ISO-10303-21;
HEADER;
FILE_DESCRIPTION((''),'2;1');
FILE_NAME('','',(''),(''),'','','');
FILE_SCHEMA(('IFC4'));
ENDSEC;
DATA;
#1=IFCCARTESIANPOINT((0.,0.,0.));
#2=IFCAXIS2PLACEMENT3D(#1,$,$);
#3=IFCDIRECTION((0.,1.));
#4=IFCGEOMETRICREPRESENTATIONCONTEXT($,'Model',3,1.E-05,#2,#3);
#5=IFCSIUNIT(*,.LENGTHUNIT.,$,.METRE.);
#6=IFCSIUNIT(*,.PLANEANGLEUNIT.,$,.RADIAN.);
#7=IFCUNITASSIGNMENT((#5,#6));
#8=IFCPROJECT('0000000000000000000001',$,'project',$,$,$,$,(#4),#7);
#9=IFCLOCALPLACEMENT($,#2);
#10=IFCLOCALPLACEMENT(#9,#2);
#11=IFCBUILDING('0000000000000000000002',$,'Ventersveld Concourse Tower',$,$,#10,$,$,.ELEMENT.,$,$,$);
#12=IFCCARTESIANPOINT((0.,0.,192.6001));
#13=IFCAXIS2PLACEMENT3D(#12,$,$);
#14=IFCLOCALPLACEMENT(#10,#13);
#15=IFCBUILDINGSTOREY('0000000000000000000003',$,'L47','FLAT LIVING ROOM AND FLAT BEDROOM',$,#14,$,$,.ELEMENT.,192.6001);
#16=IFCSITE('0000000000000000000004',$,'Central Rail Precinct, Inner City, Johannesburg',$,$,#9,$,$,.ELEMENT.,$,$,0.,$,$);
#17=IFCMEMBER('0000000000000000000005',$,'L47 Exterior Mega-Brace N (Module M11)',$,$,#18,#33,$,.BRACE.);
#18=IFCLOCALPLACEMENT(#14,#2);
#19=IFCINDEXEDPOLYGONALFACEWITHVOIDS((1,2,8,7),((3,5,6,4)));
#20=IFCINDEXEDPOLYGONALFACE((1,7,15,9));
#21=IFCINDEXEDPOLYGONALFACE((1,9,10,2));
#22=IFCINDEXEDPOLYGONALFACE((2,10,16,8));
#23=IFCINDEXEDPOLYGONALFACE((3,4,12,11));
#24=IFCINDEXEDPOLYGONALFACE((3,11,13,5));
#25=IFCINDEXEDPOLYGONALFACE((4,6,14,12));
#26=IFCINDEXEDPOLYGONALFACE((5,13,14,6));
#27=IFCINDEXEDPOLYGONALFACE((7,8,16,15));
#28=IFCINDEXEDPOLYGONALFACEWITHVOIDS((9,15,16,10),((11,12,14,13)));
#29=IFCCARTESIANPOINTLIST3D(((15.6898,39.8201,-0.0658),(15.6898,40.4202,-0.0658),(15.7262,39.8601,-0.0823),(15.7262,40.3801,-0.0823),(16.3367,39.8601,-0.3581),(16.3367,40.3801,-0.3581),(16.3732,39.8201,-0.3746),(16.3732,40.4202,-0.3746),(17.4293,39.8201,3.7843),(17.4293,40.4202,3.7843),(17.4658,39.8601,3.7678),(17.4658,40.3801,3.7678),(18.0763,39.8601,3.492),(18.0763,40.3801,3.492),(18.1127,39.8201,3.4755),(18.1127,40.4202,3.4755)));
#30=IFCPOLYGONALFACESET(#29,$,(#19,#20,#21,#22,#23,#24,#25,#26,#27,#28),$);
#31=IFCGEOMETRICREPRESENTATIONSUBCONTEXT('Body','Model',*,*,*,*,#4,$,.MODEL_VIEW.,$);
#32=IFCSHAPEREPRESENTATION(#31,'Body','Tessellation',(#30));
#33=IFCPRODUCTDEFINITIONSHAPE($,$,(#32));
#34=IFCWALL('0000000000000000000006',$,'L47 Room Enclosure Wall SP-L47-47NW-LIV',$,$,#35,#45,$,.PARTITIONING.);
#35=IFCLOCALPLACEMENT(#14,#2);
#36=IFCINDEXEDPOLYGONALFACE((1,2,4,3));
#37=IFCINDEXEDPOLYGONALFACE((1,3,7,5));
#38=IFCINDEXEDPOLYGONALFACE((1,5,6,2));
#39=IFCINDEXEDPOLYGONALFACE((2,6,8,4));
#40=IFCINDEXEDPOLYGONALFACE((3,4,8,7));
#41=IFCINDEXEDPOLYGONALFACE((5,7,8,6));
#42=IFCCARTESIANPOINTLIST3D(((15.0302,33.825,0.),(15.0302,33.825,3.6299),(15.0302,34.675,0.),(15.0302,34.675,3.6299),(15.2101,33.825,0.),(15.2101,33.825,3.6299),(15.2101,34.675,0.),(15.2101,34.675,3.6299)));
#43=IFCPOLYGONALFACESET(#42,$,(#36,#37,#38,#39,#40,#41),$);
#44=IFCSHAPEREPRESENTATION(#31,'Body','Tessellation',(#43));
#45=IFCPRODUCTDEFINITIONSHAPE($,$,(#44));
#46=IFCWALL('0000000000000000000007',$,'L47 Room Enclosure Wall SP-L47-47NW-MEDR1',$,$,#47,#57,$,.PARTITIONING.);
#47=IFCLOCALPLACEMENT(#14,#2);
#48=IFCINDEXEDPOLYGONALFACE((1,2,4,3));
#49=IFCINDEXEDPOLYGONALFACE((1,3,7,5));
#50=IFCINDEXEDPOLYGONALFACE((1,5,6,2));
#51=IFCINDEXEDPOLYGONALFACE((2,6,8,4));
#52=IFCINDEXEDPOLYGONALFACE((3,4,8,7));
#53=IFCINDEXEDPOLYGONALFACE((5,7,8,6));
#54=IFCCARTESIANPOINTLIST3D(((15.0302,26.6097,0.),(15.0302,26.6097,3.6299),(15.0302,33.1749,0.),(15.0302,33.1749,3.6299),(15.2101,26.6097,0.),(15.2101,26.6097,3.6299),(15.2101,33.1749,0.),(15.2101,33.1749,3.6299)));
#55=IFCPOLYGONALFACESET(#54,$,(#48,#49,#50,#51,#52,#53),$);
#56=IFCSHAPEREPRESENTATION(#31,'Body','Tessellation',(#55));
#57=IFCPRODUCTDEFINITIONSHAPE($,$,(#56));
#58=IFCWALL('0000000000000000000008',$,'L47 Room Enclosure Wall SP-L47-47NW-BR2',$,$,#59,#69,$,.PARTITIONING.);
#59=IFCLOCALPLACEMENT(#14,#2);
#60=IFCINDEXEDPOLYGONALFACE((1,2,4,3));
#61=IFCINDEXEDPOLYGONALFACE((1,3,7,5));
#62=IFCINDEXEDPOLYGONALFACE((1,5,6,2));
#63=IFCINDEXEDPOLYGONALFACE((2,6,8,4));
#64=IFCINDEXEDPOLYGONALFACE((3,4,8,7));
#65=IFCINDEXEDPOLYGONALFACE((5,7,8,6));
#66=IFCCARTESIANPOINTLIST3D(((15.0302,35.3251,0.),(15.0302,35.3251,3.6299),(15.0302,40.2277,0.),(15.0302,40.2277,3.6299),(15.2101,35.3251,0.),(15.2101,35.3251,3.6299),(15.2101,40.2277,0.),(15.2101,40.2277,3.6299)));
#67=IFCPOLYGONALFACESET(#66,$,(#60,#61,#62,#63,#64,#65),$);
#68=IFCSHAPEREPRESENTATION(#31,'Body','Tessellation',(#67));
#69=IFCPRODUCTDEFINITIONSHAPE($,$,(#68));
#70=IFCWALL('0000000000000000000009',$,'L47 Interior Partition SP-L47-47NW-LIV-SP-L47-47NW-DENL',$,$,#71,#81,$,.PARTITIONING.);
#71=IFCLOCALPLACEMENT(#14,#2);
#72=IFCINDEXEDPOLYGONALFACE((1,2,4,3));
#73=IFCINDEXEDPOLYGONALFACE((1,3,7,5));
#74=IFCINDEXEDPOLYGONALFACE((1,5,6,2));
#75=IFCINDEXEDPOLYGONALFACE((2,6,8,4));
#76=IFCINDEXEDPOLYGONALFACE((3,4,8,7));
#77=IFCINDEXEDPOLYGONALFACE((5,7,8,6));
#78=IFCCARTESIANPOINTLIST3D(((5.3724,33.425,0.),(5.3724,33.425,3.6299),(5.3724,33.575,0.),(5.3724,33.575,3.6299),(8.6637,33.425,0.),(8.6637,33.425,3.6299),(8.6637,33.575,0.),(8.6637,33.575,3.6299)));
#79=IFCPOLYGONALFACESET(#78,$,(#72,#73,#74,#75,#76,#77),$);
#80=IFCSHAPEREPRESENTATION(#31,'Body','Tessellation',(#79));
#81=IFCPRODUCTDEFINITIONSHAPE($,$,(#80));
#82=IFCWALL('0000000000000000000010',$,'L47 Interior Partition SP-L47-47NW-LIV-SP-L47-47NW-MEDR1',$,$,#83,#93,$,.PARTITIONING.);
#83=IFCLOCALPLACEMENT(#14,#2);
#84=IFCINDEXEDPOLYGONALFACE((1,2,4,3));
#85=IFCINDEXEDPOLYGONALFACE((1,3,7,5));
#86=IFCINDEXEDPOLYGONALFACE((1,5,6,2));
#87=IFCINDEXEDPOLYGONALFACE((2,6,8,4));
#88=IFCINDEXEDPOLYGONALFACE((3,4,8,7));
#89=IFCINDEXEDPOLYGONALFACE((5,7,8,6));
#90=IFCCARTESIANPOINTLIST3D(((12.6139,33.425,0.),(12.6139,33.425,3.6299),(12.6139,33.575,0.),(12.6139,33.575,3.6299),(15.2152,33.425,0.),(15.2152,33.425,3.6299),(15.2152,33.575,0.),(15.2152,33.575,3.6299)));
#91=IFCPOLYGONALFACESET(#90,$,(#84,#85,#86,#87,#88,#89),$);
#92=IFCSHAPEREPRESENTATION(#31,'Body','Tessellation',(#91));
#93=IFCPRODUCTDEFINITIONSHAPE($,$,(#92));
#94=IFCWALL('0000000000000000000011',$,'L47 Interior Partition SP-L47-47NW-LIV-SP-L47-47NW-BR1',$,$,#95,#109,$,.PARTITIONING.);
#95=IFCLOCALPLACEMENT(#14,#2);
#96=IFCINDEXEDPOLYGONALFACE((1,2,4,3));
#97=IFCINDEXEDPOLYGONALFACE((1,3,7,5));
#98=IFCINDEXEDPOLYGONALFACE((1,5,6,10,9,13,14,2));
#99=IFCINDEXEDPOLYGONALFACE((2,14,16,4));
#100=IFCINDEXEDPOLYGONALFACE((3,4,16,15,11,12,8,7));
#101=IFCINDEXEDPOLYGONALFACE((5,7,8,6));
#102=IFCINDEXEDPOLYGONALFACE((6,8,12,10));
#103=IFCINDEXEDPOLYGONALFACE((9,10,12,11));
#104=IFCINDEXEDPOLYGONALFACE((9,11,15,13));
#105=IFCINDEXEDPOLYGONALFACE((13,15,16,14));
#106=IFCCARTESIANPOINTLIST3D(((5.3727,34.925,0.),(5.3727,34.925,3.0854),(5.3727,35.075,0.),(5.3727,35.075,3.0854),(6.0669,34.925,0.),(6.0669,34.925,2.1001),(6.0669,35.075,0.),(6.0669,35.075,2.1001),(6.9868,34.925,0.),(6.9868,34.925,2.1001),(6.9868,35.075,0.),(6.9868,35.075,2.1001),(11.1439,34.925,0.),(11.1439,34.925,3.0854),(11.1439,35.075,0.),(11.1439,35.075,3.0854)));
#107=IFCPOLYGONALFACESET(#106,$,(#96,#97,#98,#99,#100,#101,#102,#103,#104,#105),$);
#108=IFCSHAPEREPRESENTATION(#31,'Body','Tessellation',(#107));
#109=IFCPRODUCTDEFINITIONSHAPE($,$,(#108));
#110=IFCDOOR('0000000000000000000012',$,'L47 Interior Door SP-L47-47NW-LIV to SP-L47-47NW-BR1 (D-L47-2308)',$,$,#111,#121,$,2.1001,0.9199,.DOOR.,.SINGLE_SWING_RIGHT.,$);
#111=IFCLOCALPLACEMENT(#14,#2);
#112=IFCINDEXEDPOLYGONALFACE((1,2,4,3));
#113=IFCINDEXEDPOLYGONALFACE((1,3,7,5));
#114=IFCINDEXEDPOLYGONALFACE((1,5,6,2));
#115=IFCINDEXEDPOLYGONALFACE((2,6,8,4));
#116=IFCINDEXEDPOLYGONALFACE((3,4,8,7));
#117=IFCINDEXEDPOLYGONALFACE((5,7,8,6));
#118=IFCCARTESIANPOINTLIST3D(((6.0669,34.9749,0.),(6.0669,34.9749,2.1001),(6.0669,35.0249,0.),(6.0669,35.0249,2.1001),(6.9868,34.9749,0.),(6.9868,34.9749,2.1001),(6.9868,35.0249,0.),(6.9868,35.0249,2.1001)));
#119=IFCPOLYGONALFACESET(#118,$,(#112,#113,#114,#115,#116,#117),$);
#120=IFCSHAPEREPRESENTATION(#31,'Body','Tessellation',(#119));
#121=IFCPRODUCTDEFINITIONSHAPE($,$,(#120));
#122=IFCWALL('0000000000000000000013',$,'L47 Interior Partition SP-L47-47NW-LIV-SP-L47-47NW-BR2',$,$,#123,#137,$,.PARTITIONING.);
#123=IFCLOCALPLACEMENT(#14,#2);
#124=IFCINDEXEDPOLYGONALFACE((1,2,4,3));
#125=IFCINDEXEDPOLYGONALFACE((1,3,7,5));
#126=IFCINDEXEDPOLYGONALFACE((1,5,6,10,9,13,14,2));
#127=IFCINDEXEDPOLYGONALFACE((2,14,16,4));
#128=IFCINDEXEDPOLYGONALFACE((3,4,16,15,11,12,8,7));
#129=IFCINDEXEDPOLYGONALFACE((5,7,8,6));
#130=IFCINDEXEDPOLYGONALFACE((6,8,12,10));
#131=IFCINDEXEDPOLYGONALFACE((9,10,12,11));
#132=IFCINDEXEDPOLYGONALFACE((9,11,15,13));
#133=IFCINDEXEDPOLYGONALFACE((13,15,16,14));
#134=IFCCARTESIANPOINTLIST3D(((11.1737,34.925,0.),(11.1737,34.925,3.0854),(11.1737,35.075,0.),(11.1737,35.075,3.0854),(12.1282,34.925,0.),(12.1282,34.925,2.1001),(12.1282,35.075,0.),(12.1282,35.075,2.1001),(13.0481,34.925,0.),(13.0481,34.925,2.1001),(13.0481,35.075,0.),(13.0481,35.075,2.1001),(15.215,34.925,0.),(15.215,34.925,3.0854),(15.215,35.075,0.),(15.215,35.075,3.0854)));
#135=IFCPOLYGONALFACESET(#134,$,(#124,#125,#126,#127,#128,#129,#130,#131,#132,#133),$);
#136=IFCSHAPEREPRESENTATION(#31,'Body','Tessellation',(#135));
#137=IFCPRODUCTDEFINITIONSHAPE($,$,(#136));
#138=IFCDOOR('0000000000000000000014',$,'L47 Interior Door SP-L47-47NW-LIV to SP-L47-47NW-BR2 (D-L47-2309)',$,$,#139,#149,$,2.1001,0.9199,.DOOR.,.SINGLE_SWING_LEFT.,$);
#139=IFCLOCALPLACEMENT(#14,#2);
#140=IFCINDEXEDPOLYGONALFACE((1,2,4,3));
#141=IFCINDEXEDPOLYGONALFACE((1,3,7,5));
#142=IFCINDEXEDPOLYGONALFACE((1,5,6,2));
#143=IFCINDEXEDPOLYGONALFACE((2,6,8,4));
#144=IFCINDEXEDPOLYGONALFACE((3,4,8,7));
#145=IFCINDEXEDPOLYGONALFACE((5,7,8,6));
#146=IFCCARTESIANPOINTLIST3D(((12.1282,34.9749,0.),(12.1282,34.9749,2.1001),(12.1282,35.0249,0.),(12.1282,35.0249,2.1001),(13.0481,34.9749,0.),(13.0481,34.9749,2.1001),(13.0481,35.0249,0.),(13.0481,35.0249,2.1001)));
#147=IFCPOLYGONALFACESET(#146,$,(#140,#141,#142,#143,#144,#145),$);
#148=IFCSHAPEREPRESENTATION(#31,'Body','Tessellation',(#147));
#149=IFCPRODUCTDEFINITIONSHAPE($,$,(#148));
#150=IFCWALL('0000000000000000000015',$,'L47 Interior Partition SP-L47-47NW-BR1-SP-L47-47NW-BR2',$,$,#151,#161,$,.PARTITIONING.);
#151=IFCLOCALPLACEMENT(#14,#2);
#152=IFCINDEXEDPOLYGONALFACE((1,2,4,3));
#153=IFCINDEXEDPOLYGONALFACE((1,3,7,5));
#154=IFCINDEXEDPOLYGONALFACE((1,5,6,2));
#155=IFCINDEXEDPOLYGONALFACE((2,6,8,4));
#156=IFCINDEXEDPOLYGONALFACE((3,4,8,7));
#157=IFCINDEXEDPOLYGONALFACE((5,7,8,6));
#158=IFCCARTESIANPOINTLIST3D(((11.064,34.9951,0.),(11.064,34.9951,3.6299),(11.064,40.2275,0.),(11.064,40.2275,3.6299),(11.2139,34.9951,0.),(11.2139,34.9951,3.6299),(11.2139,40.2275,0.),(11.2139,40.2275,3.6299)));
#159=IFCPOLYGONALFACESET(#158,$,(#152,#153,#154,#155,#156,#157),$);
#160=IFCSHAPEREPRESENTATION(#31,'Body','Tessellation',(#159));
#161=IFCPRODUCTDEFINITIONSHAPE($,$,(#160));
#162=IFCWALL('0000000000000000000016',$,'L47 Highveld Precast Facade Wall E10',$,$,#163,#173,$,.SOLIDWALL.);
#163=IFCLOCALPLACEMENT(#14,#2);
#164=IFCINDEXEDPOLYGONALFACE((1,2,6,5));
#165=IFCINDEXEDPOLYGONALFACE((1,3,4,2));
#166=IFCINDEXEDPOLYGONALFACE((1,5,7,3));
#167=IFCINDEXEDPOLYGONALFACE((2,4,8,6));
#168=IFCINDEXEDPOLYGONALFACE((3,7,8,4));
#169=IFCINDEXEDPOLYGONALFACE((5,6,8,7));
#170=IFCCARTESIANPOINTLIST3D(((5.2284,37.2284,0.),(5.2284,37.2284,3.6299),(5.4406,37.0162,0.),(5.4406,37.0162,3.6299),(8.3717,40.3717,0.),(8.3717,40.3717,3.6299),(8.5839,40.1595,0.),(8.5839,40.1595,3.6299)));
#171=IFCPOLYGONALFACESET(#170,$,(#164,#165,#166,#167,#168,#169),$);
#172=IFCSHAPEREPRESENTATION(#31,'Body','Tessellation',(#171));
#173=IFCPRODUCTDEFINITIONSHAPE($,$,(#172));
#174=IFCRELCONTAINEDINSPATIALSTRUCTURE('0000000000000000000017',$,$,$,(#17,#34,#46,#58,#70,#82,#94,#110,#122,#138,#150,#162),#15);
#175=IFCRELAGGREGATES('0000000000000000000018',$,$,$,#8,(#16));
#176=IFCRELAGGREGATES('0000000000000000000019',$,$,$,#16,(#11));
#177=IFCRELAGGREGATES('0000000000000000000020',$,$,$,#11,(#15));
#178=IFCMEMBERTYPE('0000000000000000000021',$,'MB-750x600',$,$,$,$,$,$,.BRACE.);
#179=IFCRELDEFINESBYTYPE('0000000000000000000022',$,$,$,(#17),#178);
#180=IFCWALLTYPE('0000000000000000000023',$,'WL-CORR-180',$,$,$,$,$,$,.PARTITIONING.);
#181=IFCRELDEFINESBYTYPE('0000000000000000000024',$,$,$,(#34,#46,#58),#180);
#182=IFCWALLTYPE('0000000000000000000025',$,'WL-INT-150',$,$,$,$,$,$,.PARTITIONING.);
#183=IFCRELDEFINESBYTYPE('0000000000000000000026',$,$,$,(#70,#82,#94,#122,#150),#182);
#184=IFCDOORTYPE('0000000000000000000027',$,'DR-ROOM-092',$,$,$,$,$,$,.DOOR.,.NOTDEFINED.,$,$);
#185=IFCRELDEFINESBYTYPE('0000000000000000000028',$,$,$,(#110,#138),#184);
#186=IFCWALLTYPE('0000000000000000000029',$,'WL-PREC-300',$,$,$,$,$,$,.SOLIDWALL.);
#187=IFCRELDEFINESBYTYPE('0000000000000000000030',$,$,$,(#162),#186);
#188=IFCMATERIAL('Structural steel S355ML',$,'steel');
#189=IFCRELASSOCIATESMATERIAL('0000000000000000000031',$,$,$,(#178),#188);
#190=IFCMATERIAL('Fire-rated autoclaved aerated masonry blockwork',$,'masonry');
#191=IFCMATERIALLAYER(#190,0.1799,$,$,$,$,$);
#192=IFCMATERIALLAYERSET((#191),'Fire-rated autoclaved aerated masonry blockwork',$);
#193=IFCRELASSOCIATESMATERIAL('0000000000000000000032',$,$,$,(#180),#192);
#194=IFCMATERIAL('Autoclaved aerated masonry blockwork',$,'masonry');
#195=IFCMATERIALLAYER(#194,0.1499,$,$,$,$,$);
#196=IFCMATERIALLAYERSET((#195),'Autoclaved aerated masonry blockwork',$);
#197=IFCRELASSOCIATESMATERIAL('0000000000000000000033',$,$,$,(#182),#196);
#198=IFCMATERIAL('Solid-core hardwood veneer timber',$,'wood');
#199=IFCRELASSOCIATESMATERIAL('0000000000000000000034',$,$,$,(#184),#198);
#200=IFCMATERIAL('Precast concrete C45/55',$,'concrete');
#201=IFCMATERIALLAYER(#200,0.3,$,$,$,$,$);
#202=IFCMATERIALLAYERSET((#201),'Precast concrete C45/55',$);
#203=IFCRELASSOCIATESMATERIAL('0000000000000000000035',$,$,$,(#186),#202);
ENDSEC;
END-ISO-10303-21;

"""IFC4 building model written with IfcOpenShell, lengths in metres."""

from ifc_helpers import new_model, si_unit, direction, frame, frame_2d, origin, origin_2d, place, context, subcontext, project, spatial, rectangle, hollow_rectangle, extrude, material, layer, layer_set, material_profile, profile_set, type_object, element, fill, save


model = new_model("IFC4")

# Units and contexts
model_context = context("Model", 3, precision=1e-05, world=origin(), true_north=direction((0.0, 1.0)))
body_context = subcontext(model_context, "Body", "Model", "MODEL_VIEW")
ifc_project = project(units=[si_unit("LENGTHUNIT", "METRE"), si_unit("PLANEANGLEUNIT", "RADIAN")], contexts=[model_context])

# Site, building, storey
site_placement = place(None, origin())
site = spatial("IfcSite", under=ifc_project, at=site_placement, Name="Central Rail Precinct, Inner City, Johannesburg", CompositionType="ELEMENT", RefElevation=0.0)
building_placement = place(site_placement, origin())
building = spatial("IfcBuilding", under=site, at=building_placement, Name="Ventersveld Concourse Tower", CompositionType="ELEMENT")
storey_placement = place(building_placement, frame((0.0, 0.0, 192.6001)))
storey = spatial("IfcBuildingStorey", under=building, at=storey_placement, Name="L47", Description="FLAT LIVING ROOM AND FLAT BEDROOM", CompositionType="ELEMENT", Elevation=192.6001)

# Member
ifc_material_1 = material(Name="Structural steel S355ML", Category="steel")
ifc_material_profile_1 = material_profile(ifc_material_1, hollow_rectangle(XDim=0.6001, YDim=0.75, WallThickness=0.04, at=origin_2d()), Name="BOX 750x600x40")
ifc_profile_set_1 = profile_set([ifc_material_profile_1], Name="Structural steel S355ML")
member_type = type_object("IfcMemberType", Name="MB-750x600", PredefinedType="BRACE", material=ifc_profile_set_1)
member_placement = place(storey_placement, frame((16.0315, 40.1201, -0.2202), z_axis=(0.411734, 0.0, 0.911304), x_axis=(0.0, 1.0, 0.0)))
element("IfcMember", 1, at=member_placement, inside=storey, type_object=member_type, Name="L47 Exterior Mega-Brace N (Module M11)", PredefinedType="BRACE", context=body_context, shape_type="SweptSolid", body=[
    extrude(hollow_rectangle(XDim=0.6001, YDim=0.75, WallThickness=0.04, at=origin_2d()), origin(), (0.0, 0.0, 1.0), 4.2249),
])

# Walls
ifc_material_2 = material(Name="Fire-rated autoclaved aerated masonry blockwork", Category="masonry")
ifc_layer_1 = layer(ifc_material_2, 0.1799)
ifc_layer_set_1 = layer_set([ifc_layer_1], Name="Fire-rated autoclaved aerated masonry blockwork")
wall_type_1 = type_object("IfcWallType", Name="WL-CORR-180", PredefinedType="PARTITIONING", material=ifc_layer_set_1)
wall_1_placement = place(storey_placement, frame((15.1201, 34.675, 0.0), z_axis=(0.0, 0.0, 1.0), x_axis=(0.0, -1.0, 0.0)))
element("IfcWall", 2, at=wall_1_placement, inside=storey, type_object=wall_type_1, Name="L47 Room Enclosure Wall SP-L47-47NW-LIV", PredefinedType="PARTITIONING", context=body_context, shape_type="SweptSolid", body=[
    extrude(rectangle(XDim=0.8501, YDim=0.1799, at=frame_2d((0.425, 0.0))), origin(), (0.0, 0.0, 1.0), 3.6299),
])
wall_2_placement = place(storey_placement, frame((15.1201, 33.175, 0.0), z_axis=(0.0, 0.0, 1.0), x_axis=(0.0, -1.0, 0.0)))
element("IfcWall", 3, at=wall_2_placement, inside=storey, type_object=wall_type_1, Name="L47 Room Enclosure Wall SP-L47-47NW-MEDR1", PredefinedType="PARTITIONING", context=body_context, shape_type="SweptSolid", body=[
    extrude(rectangle(XDim=6.5652, YDim=0.1799, at=frame_2d((3.2827, 0.0))), origin(), (0.0, 0.0, 1.0), 3.6299),
])
wall_3_placement = place(storey_placement, frame((15.1201, 40.2275, 0.0), z_axis=(0.0, 0.0, 1.0), x_axis=(0.0, -1.0, 0.0)))
element("IfcWall", 4, at=wall_3_placement, inside=storey, type_object=wall_type_1, Name="L47 Room Enclosure Wall SP-L47-47NW-BR2", PredefinedType="PARTITIONING", context=body_context, shape_type="SweptSolid", body=[
    extrude(rectangle(XDim=4.9026, YDim=0.1799, at=frame_2d((2.4512, 0.0))), origin(), (0.0, 0.0, 1.0), 3.6299),
])
ifc_material_3 = material(Name="Autoclaved aerated masonry blockwork", Category="masonry")
ifc_layer_2 = layer(ifc_material_3, 0.1499)
ifc_layer_set_2 = layer_set([ifc_layer_2], Name="Autoclaved aerated masonry blockwork")
wall_type_2 = type_object("IfcWallType", Name="WL-INT-150", PredefinedType="PARTITIONING", material=ifc_layer_set_2)
wall_4_placement = place(storey_placement, frame((5.3726, 33.5, 0.0), z_axis=(0.0, 0.0, 1.0), x_axis=(1.0, 0.0, 0.0)))
element("IfcWall", 5, at=wall_4_placement, inside=storey, type_object=wall_type_2, Name="L47 Interior Partition SP-L47-47NW-LIV-SP-L47-47NW-DENL", PredefinedType="PARTITIONING", context=body_context, shape_type="SweptSolid", body=[
    extrude(rectangle(XDim=3.2913, YDim=0.1499, at=frame_2d((1.6455, 0.0))), origin(), (0.0, 0.0, 1.0), 3.6299),
])
wall_5_placement = place(storey_placement, frame((12.6138, 33.5, 0.0), z_axis=(0.0, 0.0, 1.0), x_axis=(1.0, 0.0, 0.0)))
element("IfcWall", 6, at=wall_5_placement, inside=storey, type_object=wall_type_2, Name="L47 Interior Partition SP-L47-47NW-LIV-SP-L47-47NW-MEDR1", PredefinedType="PARTITIONING", context=body_context, shape_type="SweptSolid", body=[
    extrude(rectangle(XDim=2.6013, YDim=0.1499, at=frame_2d((1.3008, 0.0))), origin(), (0.0, 0.0, 1.0), 3.6299),
])

# Walls, openings, doors
wall_6_placement = place(storey_placement, frame((5.3726, 35.0, 0.0), z_axis=(0.0, 0.0, 1.0), x_axis=(1.0, 0.0, 0.0)))
wall_6 = element("IfcWall", 7, at=wall_6_placement, inside=storey, type_object=wall_type_2, Name="L47 Interior Partition SP-L47-47NW-LIV-SP-L47-47NW-BR1", PredefinedType="PARTITIONING", context=body_context, shape_type="SweptSolid", body=[
    extrude(rectangle(XDim=5.7712, YDim=0.1499, at=frame_2d((2.8857, 0.0))), origin(), (0.0, 0.0, 1.0), 3.0854),
])
opening_1_placement = place(wall_6_placement, frame((0.6943, 0.0, 0.0)))
opening_1 = element("IfcOpeningElement", 8, at=opening_1_placement, cuts=wall_6, PredefinedType="OPENING", context=body_context, shape_type="SweptSolid", body=[
    extrude(rectangle(XDim=0.9199, YDim=2.1001, at=frame_2d((0.46, 1.05))), frame((0.0, 0.085, 0.0), z_axis=(0.0, -1.0, 0.0), x_axis=(1.0, 0.0, 0.0)), (0.0, 0.0, 1.0), 0.1699),
])
ifc_material_4 = material(Name="Solid-core hardwood veneer timber", Category="wood")
door_type = type_object("IfcDoorType", Name="DR-ROOM-092", OperationType="NOTDEFINED", PredefinedType="DOOR", material=ifc_material_4)
door_1_placement = place(opening_1_placement, origin())
door_1 = element("IfcDoor", 9, at=door_1_placement, inside=storey, type_object=door_type, Name="L47 Interior Door SP-L47-47NW-LIV to SP-L47-47NW-BR1 (D-L47-2308)", OperationType="SINGLE_SWING_RIGHT", OverallHeight=2.1001, OverallWidth=0.9199, PredefinedType="DOOR", context=body_context, shape_type="SweptSolid", body=[
    extrude(rectangle(XDim=0.9199, YDim=2.1001, at=frame_2d((0.46, 1.05))), frame((0.0, 0.0249, 0.0), z_axis=(0.0, -1.0, 0.0), x_axis=(1.0, 0.0, 0.0)), (0.0, 0.0, 1.0), 0.05),
])
fill(opening_1, door_1)
wall_7_placement = place(storey_placement, frame((11.1738, 35.0, 0.0), z_axis=(0.0, 0.0, 1.0), x_axis=(1.0, 0.0, 0.0)))
wall_7 = element("IfcWall", 10, at=wall_7_placement, inside=storey, type_object=wall_type_2, Name="L47 Interior Partition SP-L47-47NW-LIV-SP-L47-47NW-BR2", PredefinedType="PARTITIONING", context=body_context, shape_type="SweptSolid", body=[
    extrude(rectangle(XDim=4.0413, YDim=0.1499, at=frame_2d((2.0205, 0.0))), origin(), (0.0, 0.0, 1.0), 3.0854),
])
opening_2_placement = place(wall_7_placement, frame((0.9543, 0.0, 0.0)))
opening_2 = element("IfcOpeningElement", 11, at=opening_2_placement, cuts=wall_7, PredefinedType="OPENING", context=body_context, shape_type="SweptSolid", body=[
    extrude(rectangle(XDim=0.9199, YDim=2.1001, at=frame_2d((0.46, 1.05))), frame((0.0, 0.085, 0.0), z_axis=(0.0, -1.0, 0.0), x_axis=(1.0, 0.0, 0.0)), (0.0, 0.0, 1.0), 0.1699),
])
door_2_placement = place(opening_2_placement, origin())
door_2 = element("IfcDoor", 12, at=door_2_placement, inside=storey, type_object=door_type, Name="L47 Interior Door SP-L47-47NW-LIV to SP-L47-47NW-BR2 (D-L47-2309)", OperationType="SINGLE_SWING_LEFT", OverallHeight=2.1001, OverallWidth=0.9199, PredefinedType="DOOR", context=body_context, shape_type="SweptSolid", body=[
    extrude(rectangle(XDim=0.9199, YDim=2.1001, at=frame_2d((0.46, 1.05))), frame((0.0, 0.0249, 0.0), z_axis=(0.0, -1.0, 0.0), x_axis=(1.0, 0.0, 0.0)), (0.0, 0.0, 1.0), 0.05),
])
fill(opening_2, door_2)

# Walls
wall_8_placement = place(storey_placement, frame((11.1389, 34.9951, 0.0), z_axis=(0.0, 0.0, 1.0), x_axis=(0.0, 1.0, 0.0)))
element("IfcWall", 13, at=wall_8_placement, inside=storey, type_object=wall_type_2, Name="L47 Interior Partition SP-L47-47NW-BR1-SP-L47-47NW-BR2", PredefinedType="PARTITIONING", context=body_context, shape_type="SweptSolid", body=[
    extrude(rectangle(XDim=5.2324, YDim=0.1499, at=frame_2d((2.6162, 0.0))), origin(), (0.0, 0.0, 1.0), 3.6299),
])
ifc_material_5 = material(Name="Precast concrete C45/55", Category="concrete")
ifc_layer_3 = layer(ifc_material_5, 0.3)
ifc_layer_set_3 = layer_set([ifc_layer_3], Name="Precast concrete C45/55")
wall_type_3 = type_object("IfcWallType", Name="WL-PREC-300", PredefinedType="SOLIDWALL", material=ifc_layer_set_3)
wall_9_placement = place(storey_placement, frame((8.4778, 40.2656, 0.0), z_axis=(0.0, 0.0, 1.0), x_axis=(-0.707107, -0.707107, 0.0)))
element("IfcWall", 14, at=wall_9_placement, inside=storey, type_object=wall_type_3, Name="L47 Highveld Precast Facade Wall E10", PredefinedType="SOLIDWALL", context=body_context, shape_type="SweptSolid", body=[
    extrude(rectangle(XDim=4.4453, YDim=0.3, at=frame_2d((2.2227, 0.0))), origin(), (0.0, 0.0, 1.0), 3.6299),
])

save(model, "model.ifc")
